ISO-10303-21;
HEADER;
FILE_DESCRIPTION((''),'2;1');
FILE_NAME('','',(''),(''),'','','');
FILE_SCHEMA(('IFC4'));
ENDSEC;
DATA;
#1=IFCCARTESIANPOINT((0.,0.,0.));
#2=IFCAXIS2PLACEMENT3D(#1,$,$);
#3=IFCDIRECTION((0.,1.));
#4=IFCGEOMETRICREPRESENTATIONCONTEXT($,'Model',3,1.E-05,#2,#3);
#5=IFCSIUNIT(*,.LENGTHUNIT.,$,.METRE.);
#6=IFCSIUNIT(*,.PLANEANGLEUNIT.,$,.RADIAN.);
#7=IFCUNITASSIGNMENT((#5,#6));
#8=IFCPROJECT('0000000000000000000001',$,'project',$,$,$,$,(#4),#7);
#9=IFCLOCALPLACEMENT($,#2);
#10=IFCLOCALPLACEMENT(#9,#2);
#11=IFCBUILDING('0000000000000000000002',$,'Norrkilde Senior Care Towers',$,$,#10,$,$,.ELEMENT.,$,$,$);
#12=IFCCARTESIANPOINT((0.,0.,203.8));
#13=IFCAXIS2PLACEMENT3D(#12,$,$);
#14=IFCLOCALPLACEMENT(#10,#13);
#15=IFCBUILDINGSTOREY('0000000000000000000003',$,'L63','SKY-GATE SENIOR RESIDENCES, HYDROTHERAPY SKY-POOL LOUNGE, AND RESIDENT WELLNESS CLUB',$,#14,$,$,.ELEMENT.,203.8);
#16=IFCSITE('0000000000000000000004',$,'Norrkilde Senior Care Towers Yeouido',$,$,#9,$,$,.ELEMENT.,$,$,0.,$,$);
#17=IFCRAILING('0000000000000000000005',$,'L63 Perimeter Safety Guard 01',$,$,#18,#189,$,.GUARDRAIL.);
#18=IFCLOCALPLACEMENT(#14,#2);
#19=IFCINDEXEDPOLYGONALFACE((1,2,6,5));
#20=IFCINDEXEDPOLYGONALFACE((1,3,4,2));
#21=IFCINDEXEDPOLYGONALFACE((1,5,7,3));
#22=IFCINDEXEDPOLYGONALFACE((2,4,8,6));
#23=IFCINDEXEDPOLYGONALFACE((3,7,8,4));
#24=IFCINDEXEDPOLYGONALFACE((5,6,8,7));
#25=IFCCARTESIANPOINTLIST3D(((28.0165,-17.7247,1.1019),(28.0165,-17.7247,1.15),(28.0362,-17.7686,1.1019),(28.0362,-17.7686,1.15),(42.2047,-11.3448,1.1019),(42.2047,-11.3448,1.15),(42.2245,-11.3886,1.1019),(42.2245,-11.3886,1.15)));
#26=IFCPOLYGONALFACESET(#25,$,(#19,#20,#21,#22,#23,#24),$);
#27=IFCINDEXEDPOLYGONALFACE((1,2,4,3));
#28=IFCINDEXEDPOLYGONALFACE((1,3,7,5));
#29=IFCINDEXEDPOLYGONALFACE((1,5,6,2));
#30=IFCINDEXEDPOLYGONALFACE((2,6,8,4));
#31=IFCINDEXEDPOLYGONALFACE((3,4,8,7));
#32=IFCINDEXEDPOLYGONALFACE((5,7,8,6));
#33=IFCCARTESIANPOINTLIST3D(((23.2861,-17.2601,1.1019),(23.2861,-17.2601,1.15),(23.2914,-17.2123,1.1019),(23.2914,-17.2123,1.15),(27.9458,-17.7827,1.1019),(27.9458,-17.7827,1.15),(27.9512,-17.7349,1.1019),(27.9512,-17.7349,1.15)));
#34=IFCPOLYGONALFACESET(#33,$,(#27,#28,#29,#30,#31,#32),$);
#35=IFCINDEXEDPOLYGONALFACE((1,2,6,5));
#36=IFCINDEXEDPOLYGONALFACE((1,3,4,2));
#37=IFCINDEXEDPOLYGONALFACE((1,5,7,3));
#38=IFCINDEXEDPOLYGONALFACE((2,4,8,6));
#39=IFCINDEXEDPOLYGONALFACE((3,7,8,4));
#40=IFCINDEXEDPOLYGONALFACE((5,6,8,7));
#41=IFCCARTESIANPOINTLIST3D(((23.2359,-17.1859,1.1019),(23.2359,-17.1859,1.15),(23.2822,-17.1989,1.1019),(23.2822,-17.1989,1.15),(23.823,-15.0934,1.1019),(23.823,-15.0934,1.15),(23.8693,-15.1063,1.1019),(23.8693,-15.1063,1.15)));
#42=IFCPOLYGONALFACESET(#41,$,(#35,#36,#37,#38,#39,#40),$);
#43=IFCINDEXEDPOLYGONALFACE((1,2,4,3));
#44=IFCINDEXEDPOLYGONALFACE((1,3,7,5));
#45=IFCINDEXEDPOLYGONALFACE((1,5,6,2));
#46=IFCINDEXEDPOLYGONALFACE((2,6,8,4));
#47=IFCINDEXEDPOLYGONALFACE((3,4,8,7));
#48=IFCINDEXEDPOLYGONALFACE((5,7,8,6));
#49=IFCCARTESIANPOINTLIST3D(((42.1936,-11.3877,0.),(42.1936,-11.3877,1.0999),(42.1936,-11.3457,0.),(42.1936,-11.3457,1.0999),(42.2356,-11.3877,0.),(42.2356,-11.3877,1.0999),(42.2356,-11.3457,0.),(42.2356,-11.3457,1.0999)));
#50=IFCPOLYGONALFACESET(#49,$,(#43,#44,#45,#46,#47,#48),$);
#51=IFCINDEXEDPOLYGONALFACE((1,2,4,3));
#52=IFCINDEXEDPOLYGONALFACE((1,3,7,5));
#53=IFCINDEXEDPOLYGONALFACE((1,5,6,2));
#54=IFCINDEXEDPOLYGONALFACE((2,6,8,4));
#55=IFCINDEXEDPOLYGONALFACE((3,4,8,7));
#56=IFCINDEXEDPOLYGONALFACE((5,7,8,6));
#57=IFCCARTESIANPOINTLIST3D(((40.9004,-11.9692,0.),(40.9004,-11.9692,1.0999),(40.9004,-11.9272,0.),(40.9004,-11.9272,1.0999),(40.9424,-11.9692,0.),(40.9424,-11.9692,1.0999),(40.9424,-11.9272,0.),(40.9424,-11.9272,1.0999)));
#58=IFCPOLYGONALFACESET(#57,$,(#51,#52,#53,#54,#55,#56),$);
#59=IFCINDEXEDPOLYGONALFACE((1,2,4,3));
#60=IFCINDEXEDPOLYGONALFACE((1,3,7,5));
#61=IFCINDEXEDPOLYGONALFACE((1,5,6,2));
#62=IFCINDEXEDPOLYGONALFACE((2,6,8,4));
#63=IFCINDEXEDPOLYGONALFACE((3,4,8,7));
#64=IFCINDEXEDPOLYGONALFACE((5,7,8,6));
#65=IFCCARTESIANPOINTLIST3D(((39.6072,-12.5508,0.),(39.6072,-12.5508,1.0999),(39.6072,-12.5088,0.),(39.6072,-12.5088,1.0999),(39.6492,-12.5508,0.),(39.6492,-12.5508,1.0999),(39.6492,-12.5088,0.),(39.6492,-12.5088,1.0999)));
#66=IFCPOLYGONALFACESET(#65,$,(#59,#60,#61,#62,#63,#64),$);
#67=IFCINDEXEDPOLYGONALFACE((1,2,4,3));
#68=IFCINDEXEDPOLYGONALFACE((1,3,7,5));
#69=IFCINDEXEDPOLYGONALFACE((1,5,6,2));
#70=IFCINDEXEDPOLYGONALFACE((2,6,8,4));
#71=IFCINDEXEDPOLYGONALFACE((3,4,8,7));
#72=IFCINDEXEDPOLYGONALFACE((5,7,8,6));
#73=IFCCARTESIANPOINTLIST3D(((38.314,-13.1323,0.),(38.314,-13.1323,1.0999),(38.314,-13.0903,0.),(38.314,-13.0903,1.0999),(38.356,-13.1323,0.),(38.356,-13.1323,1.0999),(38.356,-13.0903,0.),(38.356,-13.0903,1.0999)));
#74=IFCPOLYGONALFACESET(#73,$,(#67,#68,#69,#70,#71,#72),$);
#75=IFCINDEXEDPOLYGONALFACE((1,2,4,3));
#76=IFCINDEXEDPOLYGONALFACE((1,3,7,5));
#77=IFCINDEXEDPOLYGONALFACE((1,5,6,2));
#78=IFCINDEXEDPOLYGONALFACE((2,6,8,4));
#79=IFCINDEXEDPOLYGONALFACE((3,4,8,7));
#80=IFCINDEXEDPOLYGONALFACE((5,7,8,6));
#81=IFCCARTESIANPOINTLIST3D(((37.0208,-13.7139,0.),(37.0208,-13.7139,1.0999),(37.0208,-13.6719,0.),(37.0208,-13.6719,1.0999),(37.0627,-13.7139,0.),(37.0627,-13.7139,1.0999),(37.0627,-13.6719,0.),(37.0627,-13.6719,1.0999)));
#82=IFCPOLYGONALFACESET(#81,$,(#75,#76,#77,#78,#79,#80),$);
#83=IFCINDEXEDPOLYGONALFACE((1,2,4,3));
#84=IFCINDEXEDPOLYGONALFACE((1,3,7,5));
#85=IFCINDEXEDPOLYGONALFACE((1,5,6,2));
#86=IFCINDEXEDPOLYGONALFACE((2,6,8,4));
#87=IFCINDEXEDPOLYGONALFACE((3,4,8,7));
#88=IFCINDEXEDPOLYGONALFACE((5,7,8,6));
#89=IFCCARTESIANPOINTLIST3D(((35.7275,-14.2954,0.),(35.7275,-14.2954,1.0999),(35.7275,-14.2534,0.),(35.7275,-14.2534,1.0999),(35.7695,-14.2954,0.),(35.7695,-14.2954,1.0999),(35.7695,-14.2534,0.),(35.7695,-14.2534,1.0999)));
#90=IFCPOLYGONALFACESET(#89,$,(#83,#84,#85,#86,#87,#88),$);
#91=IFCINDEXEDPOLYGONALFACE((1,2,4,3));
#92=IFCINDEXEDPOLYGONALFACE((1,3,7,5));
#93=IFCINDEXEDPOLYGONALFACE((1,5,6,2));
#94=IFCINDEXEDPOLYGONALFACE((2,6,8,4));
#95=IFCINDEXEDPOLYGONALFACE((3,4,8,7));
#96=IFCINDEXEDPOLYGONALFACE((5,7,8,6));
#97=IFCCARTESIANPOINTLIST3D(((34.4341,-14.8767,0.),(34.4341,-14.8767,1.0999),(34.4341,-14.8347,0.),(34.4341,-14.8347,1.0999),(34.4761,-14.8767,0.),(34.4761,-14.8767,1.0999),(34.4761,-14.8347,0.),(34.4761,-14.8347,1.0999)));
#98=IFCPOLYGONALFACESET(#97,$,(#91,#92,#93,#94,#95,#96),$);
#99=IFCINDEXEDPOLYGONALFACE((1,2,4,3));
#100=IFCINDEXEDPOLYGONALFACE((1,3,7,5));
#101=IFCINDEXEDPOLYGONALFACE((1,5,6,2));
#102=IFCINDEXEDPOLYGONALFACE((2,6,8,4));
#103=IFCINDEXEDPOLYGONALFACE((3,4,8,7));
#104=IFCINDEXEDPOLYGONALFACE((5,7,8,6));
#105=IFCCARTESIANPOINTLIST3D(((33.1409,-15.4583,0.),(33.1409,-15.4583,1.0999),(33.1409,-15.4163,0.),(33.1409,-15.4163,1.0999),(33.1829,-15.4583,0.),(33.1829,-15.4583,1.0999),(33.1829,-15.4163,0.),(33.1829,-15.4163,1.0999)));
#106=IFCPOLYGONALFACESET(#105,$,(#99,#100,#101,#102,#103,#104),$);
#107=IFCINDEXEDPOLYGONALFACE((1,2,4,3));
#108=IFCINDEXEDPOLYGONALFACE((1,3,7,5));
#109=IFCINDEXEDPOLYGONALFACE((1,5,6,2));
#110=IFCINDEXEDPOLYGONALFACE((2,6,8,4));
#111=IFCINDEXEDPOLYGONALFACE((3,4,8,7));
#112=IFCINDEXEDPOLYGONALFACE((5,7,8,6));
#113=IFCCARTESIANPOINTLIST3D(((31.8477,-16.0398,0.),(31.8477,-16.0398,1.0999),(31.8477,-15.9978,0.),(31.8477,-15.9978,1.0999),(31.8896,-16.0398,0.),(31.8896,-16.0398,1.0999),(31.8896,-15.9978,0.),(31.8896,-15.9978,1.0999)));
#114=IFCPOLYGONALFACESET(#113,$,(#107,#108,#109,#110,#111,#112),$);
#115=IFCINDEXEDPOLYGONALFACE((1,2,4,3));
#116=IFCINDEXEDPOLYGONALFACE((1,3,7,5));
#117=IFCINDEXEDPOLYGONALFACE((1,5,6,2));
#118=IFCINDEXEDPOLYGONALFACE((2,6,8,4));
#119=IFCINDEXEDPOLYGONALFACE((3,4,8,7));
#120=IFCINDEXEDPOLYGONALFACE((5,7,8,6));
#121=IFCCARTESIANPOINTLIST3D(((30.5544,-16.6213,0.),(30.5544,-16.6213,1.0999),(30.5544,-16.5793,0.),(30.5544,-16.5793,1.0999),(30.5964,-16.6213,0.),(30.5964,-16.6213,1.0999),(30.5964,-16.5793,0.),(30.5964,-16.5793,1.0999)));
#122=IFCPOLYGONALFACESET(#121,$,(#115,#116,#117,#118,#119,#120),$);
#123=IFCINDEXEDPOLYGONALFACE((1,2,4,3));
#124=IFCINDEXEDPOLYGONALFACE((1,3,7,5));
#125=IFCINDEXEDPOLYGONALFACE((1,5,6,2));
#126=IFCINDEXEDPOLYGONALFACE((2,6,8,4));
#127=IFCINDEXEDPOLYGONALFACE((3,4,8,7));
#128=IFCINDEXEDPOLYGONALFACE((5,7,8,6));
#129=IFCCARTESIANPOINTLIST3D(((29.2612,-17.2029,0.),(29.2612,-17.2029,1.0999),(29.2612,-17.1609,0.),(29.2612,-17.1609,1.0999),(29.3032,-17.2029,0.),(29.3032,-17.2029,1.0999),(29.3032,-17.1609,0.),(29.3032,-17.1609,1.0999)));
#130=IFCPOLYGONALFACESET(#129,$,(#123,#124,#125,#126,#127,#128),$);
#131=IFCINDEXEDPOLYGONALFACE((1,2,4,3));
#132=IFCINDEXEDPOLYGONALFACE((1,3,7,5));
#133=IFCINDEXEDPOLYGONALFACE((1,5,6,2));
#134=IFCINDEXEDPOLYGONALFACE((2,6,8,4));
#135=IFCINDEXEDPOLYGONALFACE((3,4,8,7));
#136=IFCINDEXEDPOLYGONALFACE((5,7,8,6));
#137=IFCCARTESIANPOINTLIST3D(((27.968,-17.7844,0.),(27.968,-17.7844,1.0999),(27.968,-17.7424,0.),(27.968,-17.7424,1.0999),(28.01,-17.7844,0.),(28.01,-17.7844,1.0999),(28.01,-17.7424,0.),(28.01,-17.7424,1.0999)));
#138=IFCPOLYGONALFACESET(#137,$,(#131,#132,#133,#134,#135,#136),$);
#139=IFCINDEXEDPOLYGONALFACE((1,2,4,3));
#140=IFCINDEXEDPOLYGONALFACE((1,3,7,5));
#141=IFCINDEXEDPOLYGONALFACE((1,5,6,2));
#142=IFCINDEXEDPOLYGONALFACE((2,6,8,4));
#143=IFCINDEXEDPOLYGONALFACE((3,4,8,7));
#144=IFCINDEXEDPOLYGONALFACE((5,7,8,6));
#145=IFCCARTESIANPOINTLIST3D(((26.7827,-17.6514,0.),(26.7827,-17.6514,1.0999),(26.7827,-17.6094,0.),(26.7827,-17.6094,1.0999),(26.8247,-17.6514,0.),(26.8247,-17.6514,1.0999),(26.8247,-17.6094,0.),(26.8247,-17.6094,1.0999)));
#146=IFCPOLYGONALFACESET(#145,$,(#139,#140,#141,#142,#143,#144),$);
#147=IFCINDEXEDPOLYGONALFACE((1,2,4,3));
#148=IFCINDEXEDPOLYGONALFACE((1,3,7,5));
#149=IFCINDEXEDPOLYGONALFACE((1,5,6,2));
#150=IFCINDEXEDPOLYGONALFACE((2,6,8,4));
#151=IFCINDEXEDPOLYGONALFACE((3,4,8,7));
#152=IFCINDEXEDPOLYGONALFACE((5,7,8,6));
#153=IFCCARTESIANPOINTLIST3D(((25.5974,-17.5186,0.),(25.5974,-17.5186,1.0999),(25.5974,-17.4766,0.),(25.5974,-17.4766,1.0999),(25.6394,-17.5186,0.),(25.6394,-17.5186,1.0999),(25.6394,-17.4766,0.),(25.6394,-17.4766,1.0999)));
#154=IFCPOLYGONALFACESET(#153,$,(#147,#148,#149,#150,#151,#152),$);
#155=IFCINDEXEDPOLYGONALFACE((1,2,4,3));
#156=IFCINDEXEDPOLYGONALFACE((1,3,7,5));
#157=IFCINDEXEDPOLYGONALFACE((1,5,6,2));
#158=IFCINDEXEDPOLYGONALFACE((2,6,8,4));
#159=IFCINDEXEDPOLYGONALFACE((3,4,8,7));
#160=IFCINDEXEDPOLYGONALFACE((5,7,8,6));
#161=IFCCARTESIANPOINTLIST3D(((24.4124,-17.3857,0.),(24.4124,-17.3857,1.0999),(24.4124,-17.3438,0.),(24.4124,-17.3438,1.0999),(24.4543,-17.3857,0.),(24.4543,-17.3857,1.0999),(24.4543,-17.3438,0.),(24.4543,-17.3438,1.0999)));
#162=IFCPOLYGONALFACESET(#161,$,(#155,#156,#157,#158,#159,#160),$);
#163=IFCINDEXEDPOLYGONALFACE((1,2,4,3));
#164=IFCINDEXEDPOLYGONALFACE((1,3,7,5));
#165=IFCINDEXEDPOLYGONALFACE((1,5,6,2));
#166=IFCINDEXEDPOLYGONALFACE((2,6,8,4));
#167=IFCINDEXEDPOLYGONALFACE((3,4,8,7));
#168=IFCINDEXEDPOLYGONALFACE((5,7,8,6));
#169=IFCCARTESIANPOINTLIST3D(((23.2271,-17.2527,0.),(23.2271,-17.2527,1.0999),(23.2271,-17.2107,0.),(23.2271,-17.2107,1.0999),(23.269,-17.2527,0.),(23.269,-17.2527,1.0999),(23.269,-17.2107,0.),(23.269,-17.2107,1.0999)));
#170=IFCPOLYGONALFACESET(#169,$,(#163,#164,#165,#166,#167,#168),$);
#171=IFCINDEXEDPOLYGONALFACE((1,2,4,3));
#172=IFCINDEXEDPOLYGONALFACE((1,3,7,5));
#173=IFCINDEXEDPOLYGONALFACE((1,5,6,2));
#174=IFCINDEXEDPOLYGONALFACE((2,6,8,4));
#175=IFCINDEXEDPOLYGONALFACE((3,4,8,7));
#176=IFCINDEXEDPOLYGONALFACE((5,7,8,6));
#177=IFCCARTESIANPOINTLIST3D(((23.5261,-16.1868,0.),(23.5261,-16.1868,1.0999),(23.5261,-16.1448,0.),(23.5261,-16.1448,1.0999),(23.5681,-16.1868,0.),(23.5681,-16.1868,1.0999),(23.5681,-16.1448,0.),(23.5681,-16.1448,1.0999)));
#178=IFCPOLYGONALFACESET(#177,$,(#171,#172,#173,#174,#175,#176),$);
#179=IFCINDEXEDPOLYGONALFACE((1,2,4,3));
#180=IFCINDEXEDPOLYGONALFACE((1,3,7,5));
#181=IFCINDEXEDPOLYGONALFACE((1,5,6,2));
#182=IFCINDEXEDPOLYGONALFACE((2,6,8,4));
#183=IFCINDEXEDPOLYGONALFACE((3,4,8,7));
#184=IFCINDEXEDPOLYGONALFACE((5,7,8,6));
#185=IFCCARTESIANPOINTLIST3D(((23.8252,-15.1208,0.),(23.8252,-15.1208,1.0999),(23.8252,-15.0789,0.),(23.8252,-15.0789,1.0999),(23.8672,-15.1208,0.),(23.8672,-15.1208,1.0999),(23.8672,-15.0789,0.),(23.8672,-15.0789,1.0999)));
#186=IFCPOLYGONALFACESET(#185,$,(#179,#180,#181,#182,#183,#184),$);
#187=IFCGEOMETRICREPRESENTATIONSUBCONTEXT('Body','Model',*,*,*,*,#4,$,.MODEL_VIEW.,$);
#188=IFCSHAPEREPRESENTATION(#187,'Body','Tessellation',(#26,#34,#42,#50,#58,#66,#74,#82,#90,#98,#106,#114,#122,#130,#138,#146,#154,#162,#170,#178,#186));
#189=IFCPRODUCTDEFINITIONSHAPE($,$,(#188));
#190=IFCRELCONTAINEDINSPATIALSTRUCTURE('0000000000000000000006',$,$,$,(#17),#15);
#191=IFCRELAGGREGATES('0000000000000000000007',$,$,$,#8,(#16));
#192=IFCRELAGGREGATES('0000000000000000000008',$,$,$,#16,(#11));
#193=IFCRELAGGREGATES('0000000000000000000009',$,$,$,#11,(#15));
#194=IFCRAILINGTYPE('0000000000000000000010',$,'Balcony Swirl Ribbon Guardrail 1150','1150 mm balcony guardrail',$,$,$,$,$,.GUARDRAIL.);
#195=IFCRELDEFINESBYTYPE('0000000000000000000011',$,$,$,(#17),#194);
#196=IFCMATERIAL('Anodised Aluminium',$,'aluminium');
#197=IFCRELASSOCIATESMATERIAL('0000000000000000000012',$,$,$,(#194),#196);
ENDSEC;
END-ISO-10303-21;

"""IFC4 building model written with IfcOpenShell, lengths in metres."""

from ifc_helpers import new_model, si_unit, direction, frame, origin, origin_2d, place, context, subcontext, project, spatial, rectangle, extrude, material, type_object, element, save


model = new_model("IFC4")

# Units and contexts
model_context = context("Model", 3, precision=1e-05, world=origin(), true_north=direction((0.0, 1.0)))
body_context = subcontext(model_context, "Body", "Model", "MODEL_VIEW")
ifc_project = project(units=[si_unit("LENGTHUNIT", "METRE"), si_unit("PLANEANGLEUNIT", "RADIAN")], contexts=[model_context])

# Site, building, storey
site_placement = place(None, origin())
site = spatial("IfcSite", under=ifc_project, at=site_placement, Name="Norrkilde Senior Care Towers Yeouido", CompositionType="ELEMENT", RefElevation=0.0)
building_placement = place(site_placement, origin())
building = spatial("IfcBuilding", under=site, at=building_placement, Name="Norrkilde Senior Care Towers", CompositionType="ELEMENT")
storey_placement = place(building_placement, frame((0.0, 0.0, 203.8)))
storey = spatial("IfcBuildingStorey", under=building, at=storey_placement, Name="L63", Description="SKY-GATE SENIOR RESIDENCES, HYDROTHERAPY SKY-POOL LOUNGE, AND RESIDENT WELLNESS CLUB", CompositionType="ELEMENT", Elevation=203.8)

# Shared definitions
ifc_material_1 = material(Name="Anodised Aluminium", Category="aluminium")

# Railing
railing_type = type_object("IfcRailingType", Name="Balcony Swirl Ribbon Guardrail 1150", Description="1150 mm balcony guardrail", PredefinedType="GUARDRAIL", material=ifc_material_1)
railing_placement = place(storey_placement, frame((42.2146, -11.3667, 0.0)))
element("IfcRailing", 1, at=railing_placement, inside=storey, type_object=railing_type, Name="L63 Perimeter Safety Guard 01", PredefinedType="GUARDRAIL", context=body_context, shape_type="SweptSolid", body=[
    extrude(rectangle(XDim=0.0481, YDim=0.0481, at=origin_2d()), frame((0.0, 0.0, 1.126), z_axis=(-0.912036, -0.41011, 0.0), x_axis=(0.41011, -0.912036, 0.0)), (0.0, 0.0, 1.0), 15.5566),
    extrude(rectangle(XDim=0.0481, YDim=0.0481, at=origin_2d()), frame((-14.2661, -6.3921, 1.126), z_axis=(-0.993769, 0.111459, 0.0), x_axis=(-0.111459, -0.993769, 0.0)), (0.0, 0.0, 1.0), 4.689),
    extrude(rectangle(XDim=0.0481, YDim=0.0481, at=origin_2d()), frame((-18.9556, -5.8257, 1.126), z_axis=(0.270145, 0.96282, 0.0), x_axis=(-0.96282, 0.270145, 0.0)), (0.0, 0.0, 1.0), 2.1733),
    extrude(rectangle(XDim=0.042, YDim=0.042, at=origin_2d()), origin(), (0.0, 0.0, 1.0), 1.0999),
    extrude(rectangle(XDim=0.042, YDim=0.042, at=origin_2d()), frame((-1.2932, -0.5815, 0.0)), (0.0, 0.0, 1.0), 1.0999),
    extrude(rectangle(XDim=0.042, YDim=0.042, at=origin_2d()), frame((-2.5864, -1.1631, 0.0)), (0.0, 0.0, 1.0), 1.0999),
    extrude(rectangle(XDim=0.042, YDim=0.042, at=origin_2d()), frame((-3.8796, -1.7446, 0.0)), (0.0, 0.0, 1.0), 1.0999),
    extrude(rectangle(XDim=0.042, YDim=0.042, at=origin_2d()), frame((-5.1729, -2.3262, 0.0)), (0.0, 0.0, 1.0), 1.0999),
    extrude(rectangle(XDim=0.042, YDim=0.042, at=origin_2d()), frame((-6.4661, -2.9077, 0.0)), (0.0, 0.0, 1.0), 1.0999),
    extrude(rectangle(XDim=0.042, YDim=0.042, at=origin_2d()), frame((-7.7595, -3.489, 0.0)), (0.0, 0.0, 1.0), 1.0999),
    extrude(rectangle(XDim=0.042, YDim=0.042, at=origin_2d()), frame((-9.0527, -4.0706, 0.0)), (0.0, 0.0, 1.0), 1.0999),
    extrude(rectangle(XDim=0.042, YDim=0.042, at=origin_2d()), frame((-10.3459, -4.6521, 0.0)), (0.0, 0.0, 1.0), 1.0999),
    extrude(rectangle(XDim=0.042, YDim=0.042, at=origin_2d()), frame((-11.6392, -5.2336, 0.0)), (0.0, 0.0, 1.0), 1.0999),
    extrude(rectangle(XDim=0.042, YDim=0.042, at=origin_2d()), frame((-12.9324, -5.8152, 0.0)), (0.0, 0.0, 1.0), 1.0999),
    extrude(rectangle(XDim=0.042, YDim=0.042, at=origin_2d()), frame((-14.2256, -6.3967, 0.0)), (0.0, 0.0, 1.0), 1.0999),
    extrude(rectangle(XDim=0.042, YDim=0.042, at=origin_2d()), frame((-15.4109, -6.2637, 0.0)), (0.0, 0.0, 1.0), 1.0999),
    extrude(rectangle(XDim=0.042, YDim=0.042, at=origin_2d()), frame((-16.5962, -6.1309, 0.0)), (0.0, 0.0, 1.0), 1.0999),
    extrude(rectangle(XDim=0.042, YDim=0.042, at=origin_2d()), frame((-17.7812, -5.998, 0.0)), (0.0, 0.0, 1.0), 1.0999),
    extrude(rectangle(XDim=0.042, YDim=0.042, at=origin_2d()), frame((-18.9666, -5.865, 0.0)), (0.0, 0.0, 1.0), 1.0999),
    extrude(rectangle(XDim=0.042, YDim=0.042, at=origin_2d()), frame((-18.6675, -4.7991, 0.0)), (0.0, 0.0, 1.0), 1.0999),
    extrude(rectangle(XDim=0.042, YDim=0.042, at=origin_2d()), frame((-18.3684, -3.7332, 0.0)), (0.0, 0.0, 1.0), 1.0999),
])

save(model, "model.ifc")
